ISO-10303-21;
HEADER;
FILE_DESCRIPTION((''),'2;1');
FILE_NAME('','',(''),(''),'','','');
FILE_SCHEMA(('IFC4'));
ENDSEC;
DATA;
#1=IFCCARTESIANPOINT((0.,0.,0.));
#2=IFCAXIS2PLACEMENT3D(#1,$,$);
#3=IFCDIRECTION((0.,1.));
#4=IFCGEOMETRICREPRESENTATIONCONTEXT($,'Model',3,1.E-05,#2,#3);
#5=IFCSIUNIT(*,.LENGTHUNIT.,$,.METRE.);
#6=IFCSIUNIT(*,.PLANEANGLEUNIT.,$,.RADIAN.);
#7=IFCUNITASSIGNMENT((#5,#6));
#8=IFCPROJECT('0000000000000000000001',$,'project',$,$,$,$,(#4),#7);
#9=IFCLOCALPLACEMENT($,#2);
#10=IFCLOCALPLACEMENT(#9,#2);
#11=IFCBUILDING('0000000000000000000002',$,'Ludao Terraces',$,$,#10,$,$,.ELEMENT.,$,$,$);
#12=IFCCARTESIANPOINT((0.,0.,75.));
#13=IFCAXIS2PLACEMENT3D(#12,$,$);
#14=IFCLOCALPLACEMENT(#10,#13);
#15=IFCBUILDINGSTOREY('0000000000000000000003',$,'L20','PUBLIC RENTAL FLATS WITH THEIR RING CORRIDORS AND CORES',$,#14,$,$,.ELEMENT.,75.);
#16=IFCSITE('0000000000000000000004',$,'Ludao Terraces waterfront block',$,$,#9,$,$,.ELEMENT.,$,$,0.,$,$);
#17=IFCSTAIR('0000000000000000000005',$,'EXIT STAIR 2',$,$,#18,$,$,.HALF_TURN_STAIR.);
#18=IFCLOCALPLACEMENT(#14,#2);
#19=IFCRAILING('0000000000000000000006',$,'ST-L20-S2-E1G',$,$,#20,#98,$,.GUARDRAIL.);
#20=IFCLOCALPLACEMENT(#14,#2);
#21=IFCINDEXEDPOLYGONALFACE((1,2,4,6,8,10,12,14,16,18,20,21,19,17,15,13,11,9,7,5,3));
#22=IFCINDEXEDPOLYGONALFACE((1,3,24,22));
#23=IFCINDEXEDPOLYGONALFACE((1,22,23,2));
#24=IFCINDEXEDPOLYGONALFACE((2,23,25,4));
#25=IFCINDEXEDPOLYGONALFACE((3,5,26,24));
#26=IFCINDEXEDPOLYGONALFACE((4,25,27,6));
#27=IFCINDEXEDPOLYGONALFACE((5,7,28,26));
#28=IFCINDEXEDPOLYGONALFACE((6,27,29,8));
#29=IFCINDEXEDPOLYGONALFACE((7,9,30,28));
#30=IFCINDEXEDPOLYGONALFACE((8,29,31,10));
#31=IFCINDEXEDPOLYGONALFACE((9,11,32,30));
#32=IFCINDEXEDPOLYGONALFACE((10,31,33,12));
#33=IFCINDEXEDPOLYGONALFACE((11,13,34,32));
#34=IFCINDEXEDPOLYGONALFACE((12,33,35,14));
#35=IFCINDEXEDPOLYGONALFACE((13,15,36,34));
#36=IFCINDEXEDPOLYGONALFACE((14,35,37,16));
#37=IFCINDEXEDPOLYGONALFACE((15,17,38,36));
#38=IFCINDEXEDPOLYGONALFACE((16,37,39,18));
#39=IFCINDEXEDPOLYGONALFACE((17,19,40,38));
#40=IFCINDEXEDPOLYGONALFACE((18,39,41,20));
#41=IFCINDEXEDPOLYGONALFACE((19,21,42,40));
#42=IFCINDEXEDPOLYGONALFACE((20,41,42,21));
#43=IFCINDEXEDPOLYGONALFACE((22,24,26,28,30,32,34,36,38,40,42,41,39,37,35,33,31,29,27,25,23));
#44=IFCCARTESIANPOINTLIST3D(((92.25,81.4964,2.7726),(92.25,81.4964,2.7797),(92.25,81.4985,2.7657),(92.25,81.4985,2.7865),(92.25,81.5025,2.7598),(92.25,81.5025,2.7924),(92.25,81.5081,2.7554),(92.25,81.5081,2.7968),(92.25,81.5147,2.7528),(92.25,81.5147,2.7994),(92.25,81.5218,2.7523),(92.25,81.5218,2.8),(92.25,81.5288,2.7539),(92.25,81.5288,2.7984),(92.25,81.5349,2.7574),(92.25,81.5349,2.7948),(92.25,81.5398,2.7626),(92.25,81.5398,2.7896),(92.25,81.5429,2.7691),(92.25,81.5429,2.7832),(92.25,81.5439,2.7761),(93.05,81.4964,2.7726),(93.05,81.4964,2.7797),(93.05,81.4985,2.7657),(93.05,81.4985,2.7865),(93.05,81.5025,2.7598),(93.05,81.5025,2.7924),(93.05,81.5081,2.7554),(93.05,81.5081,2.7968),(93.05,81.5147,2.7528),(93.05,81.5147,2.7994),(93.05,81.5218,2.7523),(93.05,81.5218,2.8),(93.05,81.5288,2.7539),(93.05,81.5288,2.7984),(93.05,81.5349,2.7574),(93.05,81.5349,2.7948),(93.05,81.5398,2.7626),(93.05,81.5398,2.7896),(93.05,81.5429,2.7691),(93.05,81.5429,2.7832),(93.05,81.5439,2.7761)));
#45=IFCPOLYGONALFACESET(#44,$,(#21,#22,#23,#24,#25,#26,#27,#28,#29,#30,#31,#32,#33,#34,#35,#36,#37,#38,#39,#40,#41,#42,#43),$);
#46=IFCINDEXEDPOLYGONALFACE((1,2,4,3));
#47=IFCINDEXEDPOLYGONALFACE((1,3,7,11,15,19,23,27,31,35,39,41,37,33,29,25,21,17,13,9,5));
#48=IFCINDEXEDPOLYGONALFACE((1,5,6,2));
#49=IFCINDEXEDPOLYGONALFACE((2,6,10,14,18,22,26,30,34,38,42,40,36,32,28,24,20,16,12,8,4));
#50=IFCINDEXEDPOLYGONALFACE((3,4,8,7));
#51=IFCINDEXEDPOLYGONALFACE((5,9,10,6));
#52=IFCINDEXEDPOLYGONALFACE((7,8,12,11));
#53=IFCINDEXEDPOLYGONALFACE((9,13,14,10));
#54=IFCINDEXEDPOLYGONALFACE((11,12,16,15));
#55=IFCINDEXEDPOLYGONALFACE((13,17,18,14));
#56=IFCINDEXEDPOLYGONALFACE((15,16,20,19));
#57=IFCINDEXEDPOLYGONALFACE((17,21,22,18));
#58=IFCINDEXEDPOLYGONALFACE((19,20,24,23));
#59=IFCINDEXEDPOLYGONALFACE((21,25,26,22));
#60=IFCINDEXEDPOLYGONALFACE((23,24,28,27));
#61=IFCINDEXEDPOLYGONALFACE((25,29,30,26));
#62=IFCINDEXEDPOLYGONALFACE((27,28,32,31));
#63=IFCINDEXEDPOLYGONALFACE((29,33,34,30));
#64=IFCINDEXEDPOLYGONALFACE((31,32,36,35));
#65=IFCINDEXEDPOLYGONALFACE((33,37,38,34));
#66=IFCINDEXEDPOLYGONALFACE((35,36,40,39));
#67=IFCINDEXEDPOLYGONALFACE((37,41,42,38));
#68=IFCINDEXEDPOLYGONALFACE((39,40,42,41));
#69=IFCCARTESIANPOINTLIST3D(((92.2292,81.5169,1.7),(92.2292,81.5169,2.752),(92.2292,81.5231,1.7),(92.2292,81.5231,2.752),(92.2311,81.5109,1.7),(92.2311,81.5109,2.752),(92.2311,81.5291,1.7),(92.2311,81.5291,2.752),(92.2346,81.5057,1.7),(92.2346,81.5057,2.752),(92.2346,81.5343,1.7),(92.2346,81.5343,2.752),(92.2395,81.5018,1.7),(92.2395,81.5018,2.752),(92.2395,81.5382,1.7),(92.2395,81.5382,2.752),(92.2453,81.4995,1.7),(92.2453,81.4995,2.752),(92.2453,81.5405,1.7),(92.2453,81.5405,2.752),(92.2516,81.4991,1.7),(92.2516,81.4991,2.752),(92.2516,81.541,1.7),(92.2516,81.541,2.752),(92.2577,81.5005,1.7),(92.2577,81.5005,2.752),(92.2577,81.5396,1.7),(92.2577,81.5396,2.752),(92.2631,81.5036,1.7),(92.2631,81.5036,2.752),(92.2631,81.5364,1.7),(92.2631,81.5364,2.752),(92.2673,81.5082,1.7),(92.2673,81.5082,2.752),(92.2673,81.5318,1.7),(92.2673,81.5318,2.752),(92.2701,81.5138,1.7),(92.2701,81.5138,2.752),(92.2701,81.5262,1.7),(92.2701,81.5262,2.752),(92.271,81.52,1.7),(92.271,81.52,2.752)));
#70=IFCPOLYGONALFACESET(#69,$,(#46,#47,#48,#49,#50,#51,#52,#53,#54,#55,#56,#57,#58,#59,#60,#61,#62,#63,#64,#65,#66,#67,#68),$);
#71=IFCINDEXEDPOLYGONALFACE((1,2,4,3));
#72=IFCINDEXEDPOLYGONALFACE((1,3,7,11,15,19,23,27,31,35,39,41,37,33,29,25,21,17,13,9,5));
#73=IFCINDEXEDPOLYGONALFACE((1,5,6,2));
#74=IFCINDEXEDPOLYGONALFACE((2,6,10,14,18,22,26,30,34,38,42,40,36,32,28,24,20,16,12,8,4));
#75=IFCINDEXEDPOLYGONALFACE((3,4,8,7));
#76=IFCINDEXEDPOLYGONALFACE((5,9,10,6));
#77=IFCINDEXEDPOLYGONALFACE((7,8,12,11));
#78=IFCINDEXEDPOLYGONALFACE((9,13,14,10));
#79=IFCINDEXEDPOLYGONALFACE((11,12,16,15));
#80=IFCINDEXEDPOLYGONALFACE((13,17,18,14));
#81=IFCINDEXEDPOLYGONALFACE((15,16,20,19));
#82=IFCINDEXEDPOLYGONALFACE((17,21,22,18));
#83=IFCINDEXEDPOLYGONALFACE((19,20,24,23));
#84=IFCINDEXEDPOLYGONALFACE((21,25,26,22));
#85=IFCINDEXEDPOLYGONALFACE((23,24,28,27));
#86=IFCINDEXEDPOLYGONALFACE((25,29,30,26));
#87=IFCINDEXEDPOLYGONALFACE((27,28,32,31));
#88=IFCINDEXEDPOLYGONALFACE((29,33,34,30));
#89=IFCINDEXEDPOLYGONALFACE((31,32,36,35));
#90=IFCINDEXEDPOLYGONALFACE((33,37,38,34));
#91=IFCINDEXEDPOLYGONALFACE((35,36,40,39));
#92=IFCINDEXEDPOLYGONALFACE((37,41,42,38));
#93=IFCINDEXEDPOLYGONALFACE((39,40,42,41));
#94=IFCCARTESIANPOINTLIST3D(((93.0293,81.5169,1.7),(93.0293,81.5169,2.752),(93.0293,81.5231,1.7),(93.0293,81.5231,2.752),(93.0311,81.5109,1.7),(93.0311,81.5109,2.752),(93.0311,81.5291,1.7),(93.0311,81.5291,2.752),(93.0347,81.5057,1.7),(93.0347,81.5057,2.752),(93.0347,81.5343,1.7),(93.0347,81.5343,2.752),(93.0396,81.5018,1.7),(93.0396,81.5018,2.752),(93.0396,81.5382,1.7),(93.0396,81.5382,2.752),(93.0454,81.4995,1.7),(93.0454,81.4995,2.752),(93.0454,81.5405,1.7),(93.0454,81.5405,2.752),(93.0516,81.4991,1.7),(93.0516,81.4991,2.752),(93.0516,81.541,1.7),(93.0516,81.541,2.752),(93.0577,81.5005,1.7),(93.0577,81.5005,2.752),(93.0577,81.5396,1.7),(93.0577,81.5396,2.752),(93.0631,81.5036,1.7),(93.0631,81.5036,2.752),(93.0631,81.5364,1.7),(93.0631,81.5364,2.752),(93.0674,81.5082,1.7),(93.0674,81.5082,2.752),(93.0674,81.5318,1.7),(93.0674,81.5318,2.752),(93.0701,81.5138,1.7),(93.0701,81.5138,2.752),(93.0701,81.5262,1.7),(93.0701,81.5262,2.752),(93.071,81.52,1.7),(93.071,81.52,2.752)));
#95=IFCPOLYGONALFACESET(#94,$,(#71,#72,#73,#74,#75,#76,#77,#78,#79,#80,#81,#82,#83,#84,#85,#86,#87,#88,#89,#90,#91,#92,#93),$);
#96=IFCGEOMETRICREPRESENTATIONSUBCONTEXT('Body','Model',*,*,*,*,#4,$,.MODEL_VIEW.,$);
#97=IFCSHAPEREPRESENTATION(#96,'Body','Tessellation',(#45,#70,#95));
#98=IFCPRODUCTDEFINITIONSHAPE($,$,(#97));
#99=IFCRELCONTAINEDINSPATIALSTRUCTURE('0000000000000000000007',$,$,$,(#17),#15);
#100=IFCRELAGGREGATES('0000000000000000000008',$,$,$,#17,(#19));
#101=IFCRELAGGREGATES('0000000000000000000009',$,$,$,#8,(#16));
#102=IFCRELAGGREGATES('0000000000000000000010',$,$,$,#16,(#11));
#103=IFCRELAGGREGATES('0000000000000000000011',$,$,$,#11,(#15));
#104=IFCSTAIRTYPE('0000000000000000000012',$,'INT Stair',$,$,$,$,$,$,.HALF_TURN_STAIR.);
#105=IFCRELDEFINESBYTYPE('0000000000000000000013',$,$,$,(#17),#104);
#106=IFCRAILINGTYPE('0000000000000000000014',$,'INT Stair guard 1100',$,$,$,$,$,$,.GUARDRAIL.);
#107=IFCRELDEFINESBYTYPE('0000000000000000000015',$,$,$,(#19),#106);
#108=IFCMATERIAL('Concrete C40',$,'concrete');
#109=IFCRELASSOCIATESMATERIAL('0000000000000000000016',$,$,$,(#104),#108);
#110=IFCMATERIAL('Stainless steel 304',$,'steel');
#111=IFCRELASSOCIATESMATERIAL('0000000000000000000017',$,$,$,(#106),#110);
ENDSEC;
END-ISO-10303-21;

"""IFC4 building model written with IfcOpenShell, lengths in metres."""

from ifc_helpers import new_model, si_unit, direction, frame, origin, origin_2d, place, context, subcontext, project, spatial, circle, extrude, material, type_object, element, aggregate, save


model = new_model("IFC4")

# Units and contexts
model_context = context("Model", 3, precision=1e-05, world=origin(), true_north=direction((0.0, 1.0)))
body_context = subcontext(model_context, "Body", "Model", "MODEL_VIEW")
ifc_project = project(units=[si_unit("LENGTHUNIT", "METRE"), si_unit("PLANEANGLEUNIT", "RADIAN")], contexts=[model_context])

# Site, building, storey
site_placement = place(None, origin())
site = spatial("IfcSite", under=ifc_project, at=site_placement, Name="Ludao Terraces waterfront block", CompositionType="ELEMENT", RefElevation=0.0)
building_placement = place(site_placement, origin())
building = spatial("IfcBuilding", under=site, at=building_placement, Name="Ludao Terraces", CompositionType="ELEMENT")
storey_placement = place(building_placement, frame((0.0, 0.0, 75.0)))
storey = spatial("IfcBuildingStorey", under=building, at=storey_placement, Name="L20", Description="PUBLIC RENTAL FLATS WITH THEIR RING CORRIDORS AND CORES", CompositionType="ELEMENT", Elevation=75.0)

# Shared definitions
ifc_material_1 = material(Name="Concrete C40", Category="concrete")

# Stair, railing
stair_type = type_object("IfcStairType", Name="INT Stair", PredefinedType="HALF_TURN_STAIR", material=ifc_material_1)
stair_placement = place(storey_placement, origin())
stair = element("IfcStair", 1, at=stair_placement, inside=storey, type_object=stair_type, Name="EXIT STAIR 2", PredefinedType="HALF_TURN_STAIR")
ifc_material_2 = material(Name="Stainless steel 304", Category="steel")
railing_type_1 = type_object("IfcRailingType", Name="INT Stair guard 1100", PredefinedType="GUARDRAIL", material=ifc_material_2)
railing_1_placement = place(storey_placement, frame((92.25, 81.52, 1.7)))
railing_1 = element("IfcRailing", 2, at=railing_1_placement, type_object=railing_type_1, Name="ST-L20-S2-E1G", PredefinedType="GUARDRAIL", context=body_context, shape_type="SweptSolid", body=[
    extrude(circle(Radius=0.0239, at=origin_2d()), frame((0.0, 0.0, 1.0762), z_axis=(1.0, 0.0, 0.0), x_axis=(0.0, 1.0, 0.0)), (0.0, 0.0, 1.0), 0.8),
    extrude(circle(Radius=0.021, at=origin_2d()), origin(), (0.0, 0.0, 1.0), 1.052),
    extrude(circle(Radius=0.021, at=origin_2d()), frame((0.8, 0.0, 0.0)), (0.0, 0.0, 1.0), 1.052),
])
aggregate(stair, [railing_1])

save(model, "model.ifc")
